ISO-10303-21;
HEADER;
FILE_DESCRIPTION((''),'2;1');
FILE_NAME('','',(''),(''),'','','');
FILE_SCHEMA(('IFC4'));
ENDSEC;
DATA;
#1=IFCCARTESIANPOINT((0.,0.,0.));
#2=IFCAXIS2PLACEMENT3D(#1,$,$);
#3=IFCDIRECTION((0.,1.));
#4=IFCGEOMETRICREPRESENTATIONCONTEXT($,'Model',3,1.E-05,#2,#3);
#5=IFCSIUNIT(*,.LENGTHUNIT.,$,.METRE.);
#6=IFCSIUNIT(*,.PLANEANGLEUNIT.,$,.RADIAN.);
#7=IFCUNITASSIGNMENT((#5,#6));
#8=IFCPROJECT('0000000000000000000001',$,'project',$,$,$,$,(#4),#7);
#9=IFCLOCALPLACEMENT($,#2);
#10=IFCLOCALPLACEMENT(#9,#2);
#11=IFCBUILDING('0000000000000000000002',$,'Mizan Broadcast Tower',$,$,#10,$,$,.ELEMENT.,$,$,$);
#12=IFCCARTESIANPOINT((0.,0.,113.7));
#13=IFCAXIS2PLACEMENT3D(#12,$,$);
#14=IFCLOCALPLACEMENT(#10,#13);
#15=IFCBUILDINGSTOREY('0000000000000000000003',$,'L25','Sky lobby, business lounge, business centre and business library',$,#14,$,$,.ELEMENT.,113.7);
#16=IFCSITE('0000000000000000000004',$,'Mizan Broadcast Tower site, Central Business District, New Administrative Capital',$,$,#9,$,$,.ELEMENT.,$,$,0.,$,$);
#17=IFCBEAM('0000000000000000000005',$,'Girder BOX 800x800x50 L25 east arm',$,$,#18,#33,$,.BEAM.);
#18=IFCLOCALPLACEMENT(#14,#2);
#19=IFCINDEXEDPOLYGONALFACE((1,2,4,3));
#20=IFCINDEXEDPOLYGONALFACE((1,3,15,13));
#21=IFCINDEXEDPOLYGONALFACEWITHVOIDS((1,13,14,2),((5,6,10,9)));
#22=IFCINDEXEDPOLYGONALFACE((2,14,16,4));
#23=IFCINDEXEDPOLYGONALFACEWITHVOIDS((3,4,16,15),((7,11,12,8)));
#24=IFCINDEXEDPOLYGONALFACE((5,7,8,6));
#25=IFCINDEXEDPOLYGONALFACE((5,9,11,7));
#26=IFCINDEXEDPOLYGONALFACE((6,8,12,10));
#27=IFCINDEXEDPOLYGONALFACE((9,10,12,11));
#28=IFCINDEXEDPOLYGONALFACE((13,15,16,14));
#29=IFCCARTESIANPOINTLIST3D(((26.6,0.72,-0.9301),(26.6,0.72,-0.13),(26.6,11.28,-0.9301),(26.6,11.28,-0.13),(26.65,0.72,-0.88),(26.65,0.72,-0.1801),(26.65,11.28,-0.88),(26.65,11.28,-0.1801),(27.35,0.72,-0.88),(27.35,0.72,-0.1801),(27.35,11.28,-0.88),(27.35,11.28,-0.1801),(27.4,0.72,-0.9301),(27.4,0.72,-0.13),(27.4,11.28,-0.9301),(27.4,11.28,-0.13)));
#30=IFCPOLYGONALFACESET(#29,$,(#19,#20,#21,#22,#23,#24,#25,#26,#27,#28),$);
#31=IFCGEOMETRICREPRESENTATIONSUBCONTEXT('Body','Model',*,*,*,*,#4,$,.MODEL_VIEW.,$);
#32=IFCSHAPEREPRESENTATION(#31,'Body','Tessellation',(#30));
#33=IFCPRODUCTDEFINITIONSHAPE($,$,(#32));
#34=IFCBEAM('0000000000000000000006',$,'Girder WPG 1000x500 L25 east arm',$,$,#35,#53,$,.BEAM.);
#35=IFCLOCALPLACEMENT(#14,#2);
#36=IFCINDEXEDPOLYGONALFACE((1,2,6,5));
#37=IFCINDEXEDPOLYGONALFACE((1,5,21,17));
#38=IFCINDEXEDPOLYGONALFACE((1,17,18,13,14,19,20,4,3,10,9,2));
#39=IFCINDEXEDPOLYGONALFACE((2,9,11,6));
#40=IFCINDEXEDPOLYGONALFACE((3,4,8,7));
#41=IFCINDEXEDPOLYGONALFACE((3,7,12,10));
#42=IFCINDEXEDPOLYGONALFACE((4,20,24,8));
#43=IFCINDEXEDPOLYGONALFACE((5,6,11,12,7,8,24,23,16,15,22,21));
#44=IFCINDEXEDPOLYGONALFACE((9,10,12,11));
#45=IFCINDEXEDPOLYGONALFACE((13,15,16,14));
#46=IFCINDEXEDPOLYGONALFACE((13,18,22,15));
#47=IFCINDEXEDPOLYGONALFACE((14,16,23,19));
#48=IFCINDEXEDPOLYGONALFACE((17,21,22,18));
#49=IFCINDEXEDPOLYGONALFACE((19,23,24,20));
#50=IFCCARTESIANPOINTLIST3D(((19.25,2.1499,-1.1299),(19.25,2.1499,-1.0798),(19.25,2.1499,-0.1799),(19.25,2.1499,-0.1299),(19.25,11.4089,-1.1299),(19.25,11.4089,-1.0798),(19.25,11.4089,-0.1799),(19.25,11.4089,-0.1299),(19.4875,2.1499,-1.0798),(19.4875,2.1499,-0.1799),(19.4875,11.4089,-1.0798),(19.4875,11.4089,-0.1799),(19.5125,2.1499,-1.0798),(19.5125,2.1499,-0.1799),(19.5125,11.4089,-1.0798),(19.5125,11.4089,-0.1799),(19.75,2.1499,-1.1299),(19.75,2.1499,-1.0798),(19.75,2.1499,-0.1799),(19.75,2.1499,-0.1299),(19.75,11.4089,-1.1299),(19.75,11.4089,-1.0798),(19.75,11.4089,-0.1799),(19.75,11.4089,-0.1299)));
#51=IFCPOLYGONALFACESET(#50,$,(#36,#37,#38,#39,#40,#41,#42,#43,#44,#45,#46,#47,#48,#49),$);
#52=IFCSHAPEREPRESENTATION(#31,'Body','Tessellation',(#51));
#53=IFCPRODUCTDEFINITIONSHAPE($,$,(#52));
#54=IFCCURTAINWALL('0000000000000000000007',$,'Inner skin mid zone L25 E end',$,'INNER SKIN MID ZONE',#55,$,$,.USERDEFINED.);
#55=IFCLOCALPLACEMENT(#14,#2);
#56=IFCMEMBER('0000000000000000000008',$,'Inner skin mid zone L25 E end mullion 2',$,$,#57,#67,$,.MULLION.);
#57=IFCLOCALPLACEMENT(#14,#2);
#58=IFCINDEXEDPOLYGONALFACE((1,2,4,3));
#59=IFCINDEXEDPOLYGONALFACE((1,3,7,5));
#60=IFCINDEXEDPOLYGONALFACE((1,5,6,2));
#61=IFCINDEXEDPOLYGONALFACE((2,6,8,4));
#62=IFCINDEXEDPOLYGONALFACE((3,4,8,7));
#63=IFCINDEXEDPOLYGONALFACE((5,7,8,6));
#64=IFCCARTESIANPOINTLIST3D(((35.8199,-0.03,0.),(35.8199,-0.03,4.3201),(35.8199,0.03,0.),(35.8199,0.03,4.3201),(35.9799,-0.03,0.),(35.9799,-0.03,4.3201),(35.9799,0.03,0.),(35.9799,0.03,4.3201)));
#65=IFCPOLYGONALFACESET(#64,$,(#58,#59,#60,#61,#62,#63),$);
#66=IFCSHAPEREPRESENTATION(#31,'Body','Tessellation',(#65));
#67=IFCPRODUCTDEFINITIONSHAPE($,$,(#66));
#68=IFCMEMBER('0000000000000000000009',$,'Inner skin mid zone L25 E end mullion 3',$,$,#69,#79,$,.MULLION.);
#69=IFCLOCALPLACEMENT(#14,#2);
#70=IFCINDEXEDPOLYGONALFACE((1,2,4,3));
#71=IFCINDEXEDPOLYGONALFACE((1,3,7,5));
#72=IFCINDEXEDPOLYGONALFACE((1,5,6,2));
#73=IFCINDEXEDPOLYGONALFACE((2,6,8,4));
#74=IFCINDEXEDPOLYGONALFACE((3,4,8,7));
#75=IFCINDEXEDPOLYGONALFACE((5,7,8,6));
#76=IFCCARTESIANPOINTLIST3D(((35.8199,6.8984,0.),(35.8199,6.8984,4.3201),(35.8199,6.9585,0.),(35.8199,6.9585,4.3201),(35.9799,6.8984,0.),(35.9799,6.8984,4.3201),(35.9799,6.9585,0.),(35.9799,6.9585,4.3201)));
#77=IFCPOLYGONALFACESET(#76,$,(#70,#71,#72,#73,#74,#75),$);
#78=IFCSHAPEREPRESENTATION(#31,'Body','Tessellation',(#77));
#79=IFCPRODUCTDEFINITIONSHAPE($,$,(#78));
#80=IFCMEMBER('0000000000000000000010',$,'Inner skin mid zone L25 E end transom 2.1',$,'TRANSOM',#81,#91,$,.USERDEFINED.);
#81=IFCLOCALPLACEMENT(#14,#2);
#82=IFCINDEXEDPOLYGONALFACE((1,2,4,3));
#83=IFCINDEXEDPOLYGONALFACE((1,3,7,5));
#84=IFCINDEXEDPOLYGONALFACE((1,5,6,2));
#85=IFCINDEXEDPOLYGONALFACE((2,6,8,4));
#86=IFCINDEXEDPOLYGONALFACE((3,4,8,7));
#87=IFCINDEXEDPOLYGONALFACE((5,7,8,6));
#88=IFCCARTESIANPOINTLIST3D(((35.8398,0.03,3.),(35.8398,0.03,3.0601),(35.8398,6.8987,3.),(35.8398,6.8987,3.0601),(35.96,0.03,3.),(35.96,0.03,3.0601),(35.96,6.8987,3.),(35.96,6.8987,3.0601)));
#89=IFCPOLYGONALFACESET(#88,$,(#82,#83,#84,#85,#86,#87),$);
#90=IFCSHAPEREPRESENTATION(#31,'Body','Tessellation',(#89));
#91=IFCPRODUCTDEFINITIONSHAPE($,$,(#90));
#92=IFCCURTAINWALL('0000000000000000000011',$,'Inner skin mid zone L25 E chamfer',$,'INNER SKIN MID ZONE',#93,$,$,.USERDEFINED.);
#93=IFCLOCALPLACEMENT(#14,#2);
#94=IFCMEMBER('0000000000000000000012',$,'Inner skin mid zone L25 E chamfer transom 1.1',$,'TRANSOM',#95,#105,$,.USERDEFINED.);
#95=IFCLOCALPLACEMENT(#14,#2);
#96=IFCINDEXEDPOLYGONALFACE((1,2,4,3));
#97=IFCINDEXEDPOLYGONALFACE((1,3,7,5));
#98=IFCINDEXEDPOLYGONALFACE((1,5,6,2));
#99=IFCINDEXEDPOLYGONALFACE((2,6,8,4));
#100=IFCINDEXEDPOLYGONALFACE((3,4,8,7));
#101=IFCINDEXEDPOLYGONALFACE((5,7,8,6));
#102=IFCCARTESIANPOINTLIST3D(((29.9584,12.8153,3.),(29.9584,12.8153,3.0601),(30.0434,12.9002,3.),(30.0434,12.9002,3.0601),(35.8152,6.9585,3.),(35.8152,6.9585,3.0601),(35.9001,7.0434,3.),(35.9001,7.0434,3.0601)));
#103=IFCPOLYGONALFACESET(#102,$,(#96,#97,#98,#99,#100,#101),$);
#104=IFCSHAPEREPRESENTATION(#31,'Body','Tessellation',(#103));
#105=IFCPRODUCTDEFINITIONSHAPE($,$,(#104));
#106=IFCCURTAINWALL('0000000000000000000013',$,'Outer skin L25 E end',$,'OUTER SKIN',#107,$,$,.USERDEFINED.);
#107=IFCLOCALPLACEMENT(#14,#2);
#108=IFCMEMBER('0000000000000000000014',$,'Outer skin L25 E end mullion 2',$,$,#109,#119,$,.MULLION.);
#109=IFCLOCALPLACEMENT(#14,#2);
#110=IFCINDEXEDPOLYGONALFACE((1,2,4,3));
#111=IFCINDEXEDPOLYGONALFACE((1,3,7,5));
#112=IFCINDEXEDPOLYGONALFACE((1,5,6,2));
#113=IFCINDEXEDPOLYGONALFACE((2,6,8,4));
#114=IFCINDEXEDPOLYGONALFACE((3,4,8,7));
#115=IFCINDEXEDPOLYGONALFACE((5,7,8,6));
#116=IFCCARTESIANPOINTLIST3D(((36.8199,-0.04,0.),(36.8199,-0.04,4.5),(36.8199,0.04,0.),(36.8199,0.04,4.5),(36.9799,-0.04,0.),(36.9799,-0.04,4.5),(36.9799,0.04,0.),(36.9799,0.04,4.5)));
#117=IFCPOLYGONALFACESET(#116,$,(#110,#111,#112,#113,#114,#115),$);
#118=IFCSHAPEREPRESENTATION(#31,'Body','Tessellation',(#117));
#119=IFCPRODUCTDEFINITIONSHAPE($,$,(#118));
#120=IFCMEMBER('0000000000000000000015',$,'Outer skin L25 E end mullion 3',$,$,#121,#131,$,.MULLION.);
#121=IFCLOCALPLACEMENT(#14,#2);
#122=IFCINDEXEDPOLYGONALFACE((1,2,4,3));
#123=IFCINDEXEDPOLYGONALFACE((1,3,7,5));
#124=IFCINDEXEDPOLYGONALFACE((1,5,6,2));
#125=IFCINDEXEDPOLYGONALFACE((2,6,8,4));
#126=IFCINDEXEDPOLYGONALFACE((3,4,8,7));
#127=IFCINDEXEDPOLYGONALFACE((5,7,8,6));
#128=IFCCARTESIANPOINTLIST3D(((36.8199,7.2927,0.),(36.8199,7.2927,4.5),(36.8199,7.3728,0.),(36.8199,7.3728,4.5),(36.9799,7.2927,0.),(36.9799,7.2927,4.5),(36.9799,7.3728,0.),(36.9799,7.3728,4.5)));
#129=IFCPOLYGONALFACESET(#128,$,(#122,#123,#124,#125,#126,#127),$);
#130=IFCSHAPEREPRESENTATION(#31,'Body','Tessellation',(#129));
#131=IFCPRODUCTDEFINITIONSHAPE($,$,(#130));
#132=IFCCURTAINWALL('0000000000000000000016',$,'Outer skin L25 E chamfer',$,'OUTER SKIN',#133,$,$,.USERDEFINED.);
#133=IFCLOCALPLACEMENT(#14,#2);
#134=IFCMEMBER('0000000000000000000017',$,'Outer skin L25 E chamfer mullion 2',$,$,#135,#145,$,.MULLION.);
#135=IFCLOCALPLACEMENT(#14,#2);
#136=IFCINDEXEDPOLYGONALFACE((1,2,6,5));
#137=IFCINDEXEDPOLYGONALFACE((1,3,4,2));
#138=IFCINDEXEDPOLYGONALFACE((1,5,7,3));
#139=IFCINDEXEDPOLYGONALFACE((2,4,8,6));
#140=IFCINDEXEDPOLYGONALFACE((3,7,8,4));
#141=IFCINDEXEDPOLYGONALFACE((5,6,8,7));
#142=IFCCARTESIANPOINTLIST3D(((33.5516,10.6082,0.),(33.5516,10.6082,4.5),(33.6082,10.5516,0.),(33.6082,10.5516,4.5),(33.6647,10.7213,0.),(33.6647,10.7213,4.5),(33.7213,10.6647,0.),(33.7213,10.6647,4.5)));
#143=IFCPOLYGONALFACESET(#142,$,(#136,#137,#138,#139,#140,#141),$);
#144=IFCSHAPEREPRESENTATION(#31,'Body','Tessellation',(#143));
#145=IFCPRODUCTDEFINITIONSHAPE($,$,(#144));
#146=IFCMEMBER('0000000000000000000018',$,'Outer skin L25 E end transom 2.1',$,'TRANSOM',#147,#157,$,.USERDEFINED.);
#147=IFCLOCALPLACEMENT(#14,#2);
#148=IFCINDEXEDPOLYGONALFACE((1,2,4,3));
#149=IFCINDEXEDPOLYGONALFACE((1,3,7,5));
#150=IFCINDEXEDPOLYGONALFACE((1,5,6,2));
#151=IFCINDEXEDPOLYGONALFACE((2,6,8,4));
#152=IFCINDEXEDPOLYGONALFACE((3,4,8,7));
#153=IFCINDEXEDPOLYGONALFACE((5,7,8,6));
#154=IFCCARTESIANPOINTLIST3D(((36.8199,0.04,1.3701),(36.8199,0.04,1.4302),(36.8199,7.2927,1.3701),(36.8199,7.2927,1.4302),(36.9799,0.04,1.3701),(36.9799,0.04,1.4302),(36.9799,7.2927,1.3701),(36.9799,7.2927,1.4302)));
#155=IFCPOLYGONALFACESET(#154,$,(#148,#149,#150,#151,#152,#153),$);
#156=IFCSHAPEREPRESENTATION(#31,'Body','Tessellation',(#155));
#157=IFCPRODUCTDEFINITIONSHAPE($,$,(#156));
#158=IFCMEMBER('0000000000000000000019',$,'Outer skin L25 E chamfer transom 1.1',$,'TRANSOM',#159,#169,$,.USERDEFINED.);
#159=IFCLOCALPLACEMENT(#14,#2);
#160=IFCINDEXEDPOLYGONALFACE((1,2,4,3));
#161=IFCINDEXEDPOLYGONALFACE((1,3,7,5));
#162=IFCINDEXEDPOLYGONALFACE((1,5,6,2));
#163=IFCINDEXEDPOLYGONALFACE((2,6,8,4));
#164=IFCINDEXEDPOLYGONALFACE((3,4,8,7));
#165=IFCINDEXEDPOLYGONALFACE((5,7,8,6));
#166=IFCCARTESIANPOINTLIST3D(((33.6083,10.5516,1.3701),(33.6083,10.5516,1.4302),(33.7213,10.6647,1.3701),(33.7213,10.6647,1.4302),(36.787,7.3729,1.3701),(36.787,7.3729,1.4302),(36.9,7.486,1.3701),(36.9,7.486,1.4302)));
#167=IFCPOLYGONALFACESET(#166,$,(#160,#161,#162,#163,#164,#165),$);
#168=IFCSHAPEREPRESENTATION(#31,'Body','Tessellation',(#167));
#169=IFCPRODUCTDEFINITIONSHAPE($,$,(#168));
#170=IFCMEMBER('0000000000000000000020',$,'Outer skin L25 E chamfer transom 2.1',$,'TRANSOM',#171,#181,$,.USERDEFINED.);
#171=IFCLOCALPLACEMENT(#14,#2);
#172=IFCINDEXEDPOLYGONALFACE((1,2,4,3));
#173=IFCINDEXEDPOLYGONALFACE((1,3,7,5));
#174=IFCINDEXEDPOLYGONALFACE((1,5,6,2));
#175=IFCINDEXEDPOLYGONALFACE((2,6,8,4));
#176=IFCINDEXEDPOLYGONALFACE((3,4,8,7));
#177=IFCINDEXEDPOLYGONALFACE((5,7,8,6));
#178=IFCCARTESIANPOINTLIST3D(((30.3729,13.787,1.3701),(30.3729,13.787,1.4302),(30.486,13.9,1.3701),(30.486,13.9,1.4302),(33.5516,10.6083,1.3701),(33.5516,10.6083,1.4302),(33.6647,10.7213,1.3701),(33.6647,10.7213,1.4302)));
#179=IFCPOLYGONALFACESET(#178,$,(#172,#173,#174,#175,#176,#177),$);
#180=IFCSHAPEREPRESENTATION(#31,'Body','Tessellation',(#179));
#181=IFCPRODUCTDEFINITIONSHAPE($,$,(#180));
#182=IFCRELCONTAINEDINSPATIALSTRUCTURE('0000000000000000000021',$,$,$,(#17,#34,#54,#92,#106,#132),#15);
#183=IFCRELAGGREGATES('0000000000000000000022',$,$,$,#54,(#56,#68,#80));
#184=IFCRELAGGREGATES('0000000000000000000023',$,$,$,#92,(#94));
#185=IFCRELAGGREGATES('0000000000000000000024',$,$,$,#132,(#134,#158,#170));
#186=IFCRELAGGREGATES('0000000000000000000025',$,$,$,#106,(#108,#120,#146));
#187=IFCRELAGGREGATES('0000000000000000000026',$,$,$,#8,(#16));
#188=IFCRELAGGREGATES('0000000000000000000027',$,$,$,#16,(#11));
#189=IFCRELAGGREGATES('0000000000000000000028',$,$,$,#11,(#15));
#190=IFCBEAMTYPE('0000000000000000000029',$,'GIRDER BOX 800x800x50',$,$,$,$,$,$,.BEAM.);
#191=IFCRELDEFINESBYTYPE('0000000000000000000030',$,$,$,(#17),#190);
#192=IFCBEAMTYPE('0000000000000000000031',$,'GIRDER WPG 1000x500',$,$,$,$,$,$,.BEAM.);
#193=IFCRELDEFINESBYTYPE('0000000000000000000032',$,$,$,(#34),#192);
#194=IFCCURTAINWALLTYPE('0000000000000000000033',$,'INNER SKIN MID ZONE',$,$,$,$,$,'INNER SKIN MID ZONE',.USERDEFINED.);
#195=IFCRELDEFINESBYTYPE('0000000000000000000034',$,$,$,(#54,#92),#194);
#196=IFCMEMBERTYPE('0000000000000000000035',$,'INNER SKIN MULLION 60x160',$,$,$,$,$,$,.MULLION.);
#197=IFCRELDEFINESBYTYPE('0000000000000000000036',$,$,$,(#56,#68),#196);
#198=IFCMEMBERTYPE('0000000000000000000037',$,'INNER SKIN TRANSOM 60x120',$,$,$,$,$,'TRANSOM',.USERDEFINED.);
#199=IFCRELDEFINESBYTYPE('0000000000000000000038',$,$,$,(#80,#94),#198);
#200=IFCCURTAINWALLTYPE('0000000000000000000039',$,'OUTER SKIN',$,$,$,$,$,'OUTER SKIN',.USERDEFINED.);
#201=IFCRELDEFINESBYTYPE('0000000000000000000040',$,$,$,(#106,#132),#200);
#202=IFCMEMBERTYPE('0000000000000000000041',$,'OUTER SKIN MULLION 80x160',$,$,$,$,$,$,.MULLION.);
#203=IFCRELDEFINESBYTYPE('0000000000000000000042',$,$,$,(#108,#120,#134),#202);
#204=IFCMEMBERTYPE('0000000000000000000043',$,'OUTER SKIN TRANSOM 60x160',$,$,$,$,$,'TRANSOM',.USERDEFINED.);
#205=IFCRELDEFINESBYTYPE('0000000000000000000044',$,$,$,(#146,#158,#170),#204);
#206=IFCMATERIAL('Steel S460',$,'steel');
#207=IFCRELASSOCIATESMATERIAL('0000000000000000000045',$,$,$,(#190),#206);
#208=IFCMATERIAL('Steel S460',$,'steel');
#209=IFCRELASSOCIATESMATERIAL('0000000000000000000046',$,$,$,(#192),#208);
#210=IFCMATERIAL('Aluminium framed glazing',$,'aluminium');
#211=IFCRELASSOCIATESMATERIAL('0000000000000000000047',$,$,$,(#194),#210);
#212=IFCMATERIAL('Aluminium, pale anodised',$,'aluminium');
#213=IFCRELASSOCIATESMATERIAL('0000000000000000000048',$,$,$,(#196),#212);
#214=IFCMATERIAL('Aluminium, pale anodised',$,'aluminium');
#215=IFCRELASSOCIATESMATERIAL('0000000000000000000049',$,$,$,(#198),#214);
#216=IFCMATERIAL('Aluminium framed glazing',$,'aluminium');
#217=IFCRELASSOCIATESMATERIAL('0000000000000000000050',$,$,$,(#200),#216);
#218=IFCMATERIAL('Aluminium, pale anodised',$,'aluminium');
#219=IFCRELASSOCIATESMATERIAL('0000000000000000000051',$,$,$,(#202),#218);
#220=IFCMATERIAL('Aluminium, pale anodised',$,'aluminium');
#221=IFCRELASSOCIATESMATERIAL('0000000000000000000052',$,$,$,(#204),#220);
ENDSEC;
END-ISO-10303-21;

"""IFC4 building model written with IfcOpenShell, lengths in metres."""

from ifc_helpers import new_model, si_unit, direction, frame, origin, origin_2d, place, context, subcontext, project, spatial, rectangle, hollow_rectangle, i_section, extrude, material, material_profile, profile_set, type_object, element, aggregate, save


model = new_model("IFC4")

# Units and contexts
model_context = context("Model", 3, precision=1e-05, world=origin(), true_north=direction((0.0, 1.0)))
body_context = subcontext(model_context, "Body", "Model", "MODEL_VIEW")
ifc_project = project(units=[si_unit("LENGTHUNIT", "METRE"), si_unit("PLANEANGLEUNIT", "RADIAN")], contexts=[model_context])

# Site, building, storey
site_placement = place(None, origin())
site = spatial("IfcSite", under=ifc_project, at=site_placement, Name="Mizan Broadcast Tower site, Central Business District, New Administrative Capital", CompositionType="ELEMENT", RefElevation=0.0)
building_placement = place(site_placement, origin())
building = spatial("IfcBuilding", under=site, at=building_placement, Name="Mizan Broadcast Tower", CompositionType="ELEMENT")
storey_placement = place(building_placement, frame((0.0, 0.0, 113.7)))
storey = spatial("IfcBuildingStorey", under=building, at=storey_placement, Name="L25", Description="Sky lobby, business lounge, business centre and business library", CompositionType="ELEMENT", Elevation=113.7)

# Beams
ifc_material_1 = material(Name="Steel S460", Category="steel")
ifc_material_profile_1 = material_profile(ifc_material_1, hollow_rectangle(XDim=0.8, YDim=0.8, WallThickness=0.05, at=origin_2d()), Name="BOX 800x800x50")
ifc_profile_set_1 = profile_set([ifc_material_profile_1], Name="Steel S460")
beam_type_1 = type_object("IfcBeamType", Name="GIRDER BOX 800x800x50", PredefinedType="BEAM", material=ifc_profile_set_1)
beam_1_placement = place(storey_placement, frame((27.0, 11.28, -0.53), z_axis=(0.0, -1.0, 0.0), x_axis=(1.0, 0.0, 0.0)))
element("IfcBeam", 1, at=beam_1_placement, inside=storey, type_object=beam_type_1, Name="Girder BOX 800x800x50 L25 east arm", PredefinedType="BEAM", context=body_context, shape_type="SweptSolid", body=[
    extrude(hollow_rectangle(XDim=0.8, YDim=0.8, WallThickness=0.05, at=origin_2d()), origin(), (0.0, 0.0, 1.0), 10.5601),
])
ifc_material_2 = material(Name="Steel S460", Category="steel")
ifc_material_profile_2 = material_profile(ifc_material_2, i_section(OverallWidth=0.5, OverallDepth=1.0, WebThickness=0.0249, FlangeThickness=0.05, at=origin_2d()), Name="WPG 1000x500")
ifc_profile_set_2 = profile_set([ifc_material_profile_2], Name="Steel S460")
beam_type_2 = type_object("IfcBeamType", Name="GIRDER WPG 1000x500", PredefinedType="BEAM", material=ifc_profile_set_2)
beam_2_placement = place(storey_placement, frame((19.5, 11.4089, -0.6299), z_axis=(0.0, -1.0, 0.0), x_axis=(1.0, 0.0, 0.0)))
element("IfcBeam", 2, at=beam_2_placement, inside=storey, type_object=beam_type_2, Name="Girder WPG 1000x500 L25 east arm", PredefinedType="BEAM", context=body_context, shape_type="SweptSolid", body=[
    extrude(i_section(OverallWidth=0.5, OverallDepth=1.0, WebThickness=0.0249, FlangeThickness=0.05, at=origin_2d()), origin(), (0.0, 0.0, 1.0), 9.259),
])

# Curtain wall, members
ifc_material_3 = material(Name="Aluminium framed glazing", Category="aluminium")
curtain_wall_type_1 = type_object("IfcCurtainWallType", Name="INNER SKIN MID ZONE", ElementType="INNER SKIN MID ZONE", PredefinedType="USERDEFINED", material=ifc_material_3)
curtain_wall_1_placement = place(storey_placement, origin())
curtain_wall_1 = element("IfcCurtainWall", 3, at=curtain_wall_1_placement, inside=storey, type_object=curtain_wall_type_1, Name="Inner skin mid zone L25 E end", ObjectType="INNER SKIN MID ZONE", PredefinedType="USERDEFINED")
ifc_material_4 = material(Name="Aluminium, pale anodised", Category="aluminium")
ifc_material_profile_3 = material_profile(ifc_material_4, rectangle(XDim=0.1599, YDim=0.0601, at=origin_2d()), Name="MULLION 160x60")
ifc_profile_set_3 = profile_set([ifc_material_profile_3], Name="Aluminium, pale anodised")
member_type_1 = type_object("IfcMemberType", Name="INNER SKIN MULLION 60x160", PredefinedType="MULLION", material=ifc_profile_set_3)
member_1_placement = place(storey_placement, frame((35.8999, 0.0, 0.0), z_axis=(0.0, 0.0, 1.0), x_axis=(-1.0, 0.0, 0.0)))
member_1 = element("IfcMember", 4, at=member_1_placement, type_object=member_type_1, Name="Inner skin mid zone L25 E end mullion 2", PredefinedType="MULLION", context=body_context, shape_type="SweptSolid", body=[
    extrude(rectangle(XDim=0.1599, YDim=0.0601, at=origin_2d()), origin(), (0.0, 0.0, 1.0), 4.3201),
])
member_2_placement = place(storey_placement, frame((35.8999, 6.9285, 0.0), z_axis=(0.0, 0.0, 1.0), x_axis=(-1.0, 0.0, 0.0)))
member_2 = element("IfcMember", 5, at=member_2_placement, type_object=member_type_1, Name="Inner skin mid zone L25 E end mullion 3", PredefinedType="MULLION", context=body_context, shape_type="SweptSolid", body=[
    extrude(rectangle(XDim=0.1599, YDim=0.0601, at=origin_2d()), origin(), (0.0, 0.0, 1.0), 4.3201),
])
ifc_material_5 = material(Name="Aluminium, pale anodised", Category="aluminium")
ifc_material_profile_4 = material_profile(ifc_material_5, rectangle(XDim=0.1201, YDim=0.0601, at=origin_2d()), Name="TRANSOM 120x60")
ifc_profile_set_4 = profile_set([ifc_material_profile_4], Name="Aluminium, pale anodised")
member_type_2 = type_object("IfcMemberType", Name="INNER SKIN TRANSOM 60x120", ElementType="TRANSOM", PredefinedType="USERDEFINED", material=ifc_profile_set_4)
member_3_placement = place(storey_placement, frame((35.8999, 0.03, 3.03), z_axis=(0.0, 1.0, 0.0), x_axis=(-1.0, 0.0, 0.0)))
member_3 = element("IfcMember", 6, at=member_3_placement, type_object=member_type_2, Name="Inner skin mid zone L25 E end transom 2.1", ObjectType="TRANSOM", PredefinedType="USERDEFINED", context=body_context, shape_type="SweptSolid", body=[
    extrude(rectangle(XDim=0.1201, YDim=0.0601, at=origin_2d()), origin(), (0.0, 0.0, 1.0), 6.8687),
])

# Curtain wall, member
curtain_wall_2_placement = place(storey_placement, origin())
curtain_wall_2 = element("IfcCurtainWall", 7, at=curtain_wall_2_placement, inside=storey, type_object=curtain_wall_type_1, Name="Inner skin mid zone L25 E chamfer", ObjectType="INNER SKIN MID ZONE", PredefinedType="USERDEFINED")
member_4_placement = place(storey_placement, frame((35.8577, 7.001, 3.03), z_axis=(-0.707107, 0.707107, 0.0), x_axis=(-0.707107, -0.707107, 0.0)))
member_4 = element("IfcMember", 8, at=member_4_placement, type_object=member_type_2, Name="Inner skin mid zone L25 E chamfer transom 1.1", ObjectType="TRANSOM", PredefinedType="USERDEFINED", context=body_context, shape_type="SweptSolid", body=[
    extrude(rectangle(XDim=0.1201, YDim=0.0601, at=origin_2d()), origin(), (0.0, 0.0, 1.0), 8.2827),
])

# Curtain wall, members
ifc_material_6 = material(Name="Aluminium framed glazing", Category="aluminium")
curtain_wall_type_2 = type_object("IfcCurtainWallType", Name="OUTER SKIN", ElementType="OUTER SKIN", PredefinedType="USERDEFINED", material=ifc_material_6)
curtain_wall_3_placement = place(storey_placement, origin())
curtain_wall_3 = element("IfcCurtainWall", 9, at=curtain_wall_3_placement, inside=storey, type_object=curtain_wall_type_2, Name="Outer skin L25 E end", ObjectType="OUTER SKIN", PredefinedType="USERDEFINED")
ifc_material_7 = material(Name="Aluminium, pale anodised", Category="aluminium")
ifc_material_profile_5 = material_profile(ifc_material_7, rectangle(XDim=0.1599, YDim=0.0801, at=origin_2d()), Name="MULLION 160x80")
ifc_profile_set_5 = profile_set([ifc_material_profile_5], Name="Aluminium, pale anodised")
member_type_3 = type_object("IfcMemberType", Name="OUTER SKIN MULLION 80x160", PredefinedType="MULLION", material=ifc_profile_set_5)
member_5_placement = place(storey_placement, frame((36.8999, 0.0, 0.0), z_axis=(0.0, 0.0, 1.0), x_axis=(-1.0, 0.0, 0.0)))
member_5 = element("IfcMember", 10, at=member_5_placement, type_object=member_type_3, Name="Outer skin L25 E end mullion 2", PredefinedType="MULLION", context=body_context, shape_type="SweptSolid", body=[
    extrude(rectangle(XDim=0.1599, YDim=0.0801, at=origin_2d()), origin(), (0.0, 0.0, 1.0), 4.5),
])
member_6_placement = place(storey_placement, frame((36.8999, 7.3328, 0.0), z_axis=(0.0, 0.0, 1.0), x_axis=(-1.0, 0.0, 0.0)))
member_6 = element("IfcMember", 11, at=member_6_placement, type_object=member_type_3, Name="Outer skin L25 E end mullion 3", PredefinedType="MULLION", context=body_context, shape_type="SweptSolid", body=[
    extrude(rectangle(XDim=0.1599, YDim=0.0801, at=origin_2d()), origin(), (0.0, 0.0, 1.0), 4.5),
])

# Curtain wall, member
curtain_wall_4_placement = place(storey_placement, origin())
curtain_wall_4 = element("IfcCurtainWall", 12, at=curtain_wall_4_placement, inside=storey, type_object=curtain_wall_type_2, Name="Outer skin L25 E chamfer", ObjectType="OUTER SKIN", PredefinedType="USERDEFINED")
member_7_placement = place(storey_placement, frame((33.6365, 10.6365, 0.0), z_axis=(0.0, 0.0, 1.0), x_axis=(-0.707107, -0.707107, 0.0)))
member_7 = element("IfcMember", 13, at=member_7_placement, type_object=member_type_3, Name="Outer skin L25 E chamfer mullion 2", PredefinedType="MULLION", context=body_context, shape_type="SweptSolid", body=[
    extrude(rectangle(XDim=0.1599, YDim=0.0801, at=origin_2d()), origin(), (0.0, 0.0, 1.0), 4.5),
])

# Members
ifc_material_8 = material(Name="Aluminium, pale anodised", Category="aluminium")
ifc_material_profile_6 = material_profile(ifc_material_8, rectangle(XDim=0.1599, YDim=0.0601, at=origin_2d()), Name="TRANSOM 160x60")
ifc_profile_set_6 = profile_set([ifc_material_profile_6], Name="Aluminium, pale anodised")
member_type_4 = type_object("IfcMemberType", Name="OUTER SKIN TRANSOM 60x160", ElementType="TRANSOM", PredefinedType="USERDEFINED", material=ifc_profile_set_6)
member_8_placement = place(storey_placement, frame((36.8999, 0.04, 1.4001), z_axis=(0.0, 1.0, 0.0), x_axis=(-1.0, 0.0, 0.0)))
member_8 = element("IfcMember", 14, at=member_8_placement, type_object=member_type_4, Name="Outer skin L25 E end transom 2.1", ObjectType="TRANSOM", PredefinedType="USERDEFINED", context=body_context, shape_type="SweptSolid", body=[
    extrude(rectangle(XDim=0.1599, YDim=0.0601, at=origin_2d()), origin(), (0.0, 0.0, 1.0), 7.2527),
])
member_9_placement = place(storey_placement, frame((36.8435, 7.4294, 1.4001), z_axis=(-0.707107, 0.707107, 0.0), x_axis=(-0.707107, -0.707107, 0.0)))
member_9 = element("IfcMember", 15, at=member_9_placement, type_object=member_type_4, Name="Outer skin L25 E chamfer transom 1.1", ObjectType="TRANSOM", PredefinedType="USERDEFINED", context=body_context, shape_type="SweptSolid", body=[
    extrude(rectangle(XDim=0.1599, YDim=0.0601, at=origin_2d()), origin(), (0.0, 0.0, 1.0), 4.4954),
])
member_10_placement = place(storey_placement, frame((33.6082, 10.6648, 1.4001), z_axis=(-0.707107, 0.707107, 0.0), x_axis=(-0.707107, -0.707107, 0.0)))
member_10 = element("IfcMember", 16, at=member_10_placement, type_object=member_type_4, Name="Outer skin L25 E chamfer transom 2.1", ObjectType="TRANSOM", PredefinedType="USERDEFINED", context=body_context, shape_type="SweptSolid", body=[
    extrude(rectangle(XDim=0.1599, YDim=0.0601, at=origin_2d()), origin(), (0.0, 0.0, 1.0), 4.4954),
])

aggregate(curtain_wall_1, [member_1, member_2, member_3])
aggregate(curtain_wall_2, [member_4])
aggregate(curtain_wall_4, [member_7, member_9, member_10])
aggregate(curtain_wall_3, [member_5, member_6, member_8])

save(model, "model.ifc")
